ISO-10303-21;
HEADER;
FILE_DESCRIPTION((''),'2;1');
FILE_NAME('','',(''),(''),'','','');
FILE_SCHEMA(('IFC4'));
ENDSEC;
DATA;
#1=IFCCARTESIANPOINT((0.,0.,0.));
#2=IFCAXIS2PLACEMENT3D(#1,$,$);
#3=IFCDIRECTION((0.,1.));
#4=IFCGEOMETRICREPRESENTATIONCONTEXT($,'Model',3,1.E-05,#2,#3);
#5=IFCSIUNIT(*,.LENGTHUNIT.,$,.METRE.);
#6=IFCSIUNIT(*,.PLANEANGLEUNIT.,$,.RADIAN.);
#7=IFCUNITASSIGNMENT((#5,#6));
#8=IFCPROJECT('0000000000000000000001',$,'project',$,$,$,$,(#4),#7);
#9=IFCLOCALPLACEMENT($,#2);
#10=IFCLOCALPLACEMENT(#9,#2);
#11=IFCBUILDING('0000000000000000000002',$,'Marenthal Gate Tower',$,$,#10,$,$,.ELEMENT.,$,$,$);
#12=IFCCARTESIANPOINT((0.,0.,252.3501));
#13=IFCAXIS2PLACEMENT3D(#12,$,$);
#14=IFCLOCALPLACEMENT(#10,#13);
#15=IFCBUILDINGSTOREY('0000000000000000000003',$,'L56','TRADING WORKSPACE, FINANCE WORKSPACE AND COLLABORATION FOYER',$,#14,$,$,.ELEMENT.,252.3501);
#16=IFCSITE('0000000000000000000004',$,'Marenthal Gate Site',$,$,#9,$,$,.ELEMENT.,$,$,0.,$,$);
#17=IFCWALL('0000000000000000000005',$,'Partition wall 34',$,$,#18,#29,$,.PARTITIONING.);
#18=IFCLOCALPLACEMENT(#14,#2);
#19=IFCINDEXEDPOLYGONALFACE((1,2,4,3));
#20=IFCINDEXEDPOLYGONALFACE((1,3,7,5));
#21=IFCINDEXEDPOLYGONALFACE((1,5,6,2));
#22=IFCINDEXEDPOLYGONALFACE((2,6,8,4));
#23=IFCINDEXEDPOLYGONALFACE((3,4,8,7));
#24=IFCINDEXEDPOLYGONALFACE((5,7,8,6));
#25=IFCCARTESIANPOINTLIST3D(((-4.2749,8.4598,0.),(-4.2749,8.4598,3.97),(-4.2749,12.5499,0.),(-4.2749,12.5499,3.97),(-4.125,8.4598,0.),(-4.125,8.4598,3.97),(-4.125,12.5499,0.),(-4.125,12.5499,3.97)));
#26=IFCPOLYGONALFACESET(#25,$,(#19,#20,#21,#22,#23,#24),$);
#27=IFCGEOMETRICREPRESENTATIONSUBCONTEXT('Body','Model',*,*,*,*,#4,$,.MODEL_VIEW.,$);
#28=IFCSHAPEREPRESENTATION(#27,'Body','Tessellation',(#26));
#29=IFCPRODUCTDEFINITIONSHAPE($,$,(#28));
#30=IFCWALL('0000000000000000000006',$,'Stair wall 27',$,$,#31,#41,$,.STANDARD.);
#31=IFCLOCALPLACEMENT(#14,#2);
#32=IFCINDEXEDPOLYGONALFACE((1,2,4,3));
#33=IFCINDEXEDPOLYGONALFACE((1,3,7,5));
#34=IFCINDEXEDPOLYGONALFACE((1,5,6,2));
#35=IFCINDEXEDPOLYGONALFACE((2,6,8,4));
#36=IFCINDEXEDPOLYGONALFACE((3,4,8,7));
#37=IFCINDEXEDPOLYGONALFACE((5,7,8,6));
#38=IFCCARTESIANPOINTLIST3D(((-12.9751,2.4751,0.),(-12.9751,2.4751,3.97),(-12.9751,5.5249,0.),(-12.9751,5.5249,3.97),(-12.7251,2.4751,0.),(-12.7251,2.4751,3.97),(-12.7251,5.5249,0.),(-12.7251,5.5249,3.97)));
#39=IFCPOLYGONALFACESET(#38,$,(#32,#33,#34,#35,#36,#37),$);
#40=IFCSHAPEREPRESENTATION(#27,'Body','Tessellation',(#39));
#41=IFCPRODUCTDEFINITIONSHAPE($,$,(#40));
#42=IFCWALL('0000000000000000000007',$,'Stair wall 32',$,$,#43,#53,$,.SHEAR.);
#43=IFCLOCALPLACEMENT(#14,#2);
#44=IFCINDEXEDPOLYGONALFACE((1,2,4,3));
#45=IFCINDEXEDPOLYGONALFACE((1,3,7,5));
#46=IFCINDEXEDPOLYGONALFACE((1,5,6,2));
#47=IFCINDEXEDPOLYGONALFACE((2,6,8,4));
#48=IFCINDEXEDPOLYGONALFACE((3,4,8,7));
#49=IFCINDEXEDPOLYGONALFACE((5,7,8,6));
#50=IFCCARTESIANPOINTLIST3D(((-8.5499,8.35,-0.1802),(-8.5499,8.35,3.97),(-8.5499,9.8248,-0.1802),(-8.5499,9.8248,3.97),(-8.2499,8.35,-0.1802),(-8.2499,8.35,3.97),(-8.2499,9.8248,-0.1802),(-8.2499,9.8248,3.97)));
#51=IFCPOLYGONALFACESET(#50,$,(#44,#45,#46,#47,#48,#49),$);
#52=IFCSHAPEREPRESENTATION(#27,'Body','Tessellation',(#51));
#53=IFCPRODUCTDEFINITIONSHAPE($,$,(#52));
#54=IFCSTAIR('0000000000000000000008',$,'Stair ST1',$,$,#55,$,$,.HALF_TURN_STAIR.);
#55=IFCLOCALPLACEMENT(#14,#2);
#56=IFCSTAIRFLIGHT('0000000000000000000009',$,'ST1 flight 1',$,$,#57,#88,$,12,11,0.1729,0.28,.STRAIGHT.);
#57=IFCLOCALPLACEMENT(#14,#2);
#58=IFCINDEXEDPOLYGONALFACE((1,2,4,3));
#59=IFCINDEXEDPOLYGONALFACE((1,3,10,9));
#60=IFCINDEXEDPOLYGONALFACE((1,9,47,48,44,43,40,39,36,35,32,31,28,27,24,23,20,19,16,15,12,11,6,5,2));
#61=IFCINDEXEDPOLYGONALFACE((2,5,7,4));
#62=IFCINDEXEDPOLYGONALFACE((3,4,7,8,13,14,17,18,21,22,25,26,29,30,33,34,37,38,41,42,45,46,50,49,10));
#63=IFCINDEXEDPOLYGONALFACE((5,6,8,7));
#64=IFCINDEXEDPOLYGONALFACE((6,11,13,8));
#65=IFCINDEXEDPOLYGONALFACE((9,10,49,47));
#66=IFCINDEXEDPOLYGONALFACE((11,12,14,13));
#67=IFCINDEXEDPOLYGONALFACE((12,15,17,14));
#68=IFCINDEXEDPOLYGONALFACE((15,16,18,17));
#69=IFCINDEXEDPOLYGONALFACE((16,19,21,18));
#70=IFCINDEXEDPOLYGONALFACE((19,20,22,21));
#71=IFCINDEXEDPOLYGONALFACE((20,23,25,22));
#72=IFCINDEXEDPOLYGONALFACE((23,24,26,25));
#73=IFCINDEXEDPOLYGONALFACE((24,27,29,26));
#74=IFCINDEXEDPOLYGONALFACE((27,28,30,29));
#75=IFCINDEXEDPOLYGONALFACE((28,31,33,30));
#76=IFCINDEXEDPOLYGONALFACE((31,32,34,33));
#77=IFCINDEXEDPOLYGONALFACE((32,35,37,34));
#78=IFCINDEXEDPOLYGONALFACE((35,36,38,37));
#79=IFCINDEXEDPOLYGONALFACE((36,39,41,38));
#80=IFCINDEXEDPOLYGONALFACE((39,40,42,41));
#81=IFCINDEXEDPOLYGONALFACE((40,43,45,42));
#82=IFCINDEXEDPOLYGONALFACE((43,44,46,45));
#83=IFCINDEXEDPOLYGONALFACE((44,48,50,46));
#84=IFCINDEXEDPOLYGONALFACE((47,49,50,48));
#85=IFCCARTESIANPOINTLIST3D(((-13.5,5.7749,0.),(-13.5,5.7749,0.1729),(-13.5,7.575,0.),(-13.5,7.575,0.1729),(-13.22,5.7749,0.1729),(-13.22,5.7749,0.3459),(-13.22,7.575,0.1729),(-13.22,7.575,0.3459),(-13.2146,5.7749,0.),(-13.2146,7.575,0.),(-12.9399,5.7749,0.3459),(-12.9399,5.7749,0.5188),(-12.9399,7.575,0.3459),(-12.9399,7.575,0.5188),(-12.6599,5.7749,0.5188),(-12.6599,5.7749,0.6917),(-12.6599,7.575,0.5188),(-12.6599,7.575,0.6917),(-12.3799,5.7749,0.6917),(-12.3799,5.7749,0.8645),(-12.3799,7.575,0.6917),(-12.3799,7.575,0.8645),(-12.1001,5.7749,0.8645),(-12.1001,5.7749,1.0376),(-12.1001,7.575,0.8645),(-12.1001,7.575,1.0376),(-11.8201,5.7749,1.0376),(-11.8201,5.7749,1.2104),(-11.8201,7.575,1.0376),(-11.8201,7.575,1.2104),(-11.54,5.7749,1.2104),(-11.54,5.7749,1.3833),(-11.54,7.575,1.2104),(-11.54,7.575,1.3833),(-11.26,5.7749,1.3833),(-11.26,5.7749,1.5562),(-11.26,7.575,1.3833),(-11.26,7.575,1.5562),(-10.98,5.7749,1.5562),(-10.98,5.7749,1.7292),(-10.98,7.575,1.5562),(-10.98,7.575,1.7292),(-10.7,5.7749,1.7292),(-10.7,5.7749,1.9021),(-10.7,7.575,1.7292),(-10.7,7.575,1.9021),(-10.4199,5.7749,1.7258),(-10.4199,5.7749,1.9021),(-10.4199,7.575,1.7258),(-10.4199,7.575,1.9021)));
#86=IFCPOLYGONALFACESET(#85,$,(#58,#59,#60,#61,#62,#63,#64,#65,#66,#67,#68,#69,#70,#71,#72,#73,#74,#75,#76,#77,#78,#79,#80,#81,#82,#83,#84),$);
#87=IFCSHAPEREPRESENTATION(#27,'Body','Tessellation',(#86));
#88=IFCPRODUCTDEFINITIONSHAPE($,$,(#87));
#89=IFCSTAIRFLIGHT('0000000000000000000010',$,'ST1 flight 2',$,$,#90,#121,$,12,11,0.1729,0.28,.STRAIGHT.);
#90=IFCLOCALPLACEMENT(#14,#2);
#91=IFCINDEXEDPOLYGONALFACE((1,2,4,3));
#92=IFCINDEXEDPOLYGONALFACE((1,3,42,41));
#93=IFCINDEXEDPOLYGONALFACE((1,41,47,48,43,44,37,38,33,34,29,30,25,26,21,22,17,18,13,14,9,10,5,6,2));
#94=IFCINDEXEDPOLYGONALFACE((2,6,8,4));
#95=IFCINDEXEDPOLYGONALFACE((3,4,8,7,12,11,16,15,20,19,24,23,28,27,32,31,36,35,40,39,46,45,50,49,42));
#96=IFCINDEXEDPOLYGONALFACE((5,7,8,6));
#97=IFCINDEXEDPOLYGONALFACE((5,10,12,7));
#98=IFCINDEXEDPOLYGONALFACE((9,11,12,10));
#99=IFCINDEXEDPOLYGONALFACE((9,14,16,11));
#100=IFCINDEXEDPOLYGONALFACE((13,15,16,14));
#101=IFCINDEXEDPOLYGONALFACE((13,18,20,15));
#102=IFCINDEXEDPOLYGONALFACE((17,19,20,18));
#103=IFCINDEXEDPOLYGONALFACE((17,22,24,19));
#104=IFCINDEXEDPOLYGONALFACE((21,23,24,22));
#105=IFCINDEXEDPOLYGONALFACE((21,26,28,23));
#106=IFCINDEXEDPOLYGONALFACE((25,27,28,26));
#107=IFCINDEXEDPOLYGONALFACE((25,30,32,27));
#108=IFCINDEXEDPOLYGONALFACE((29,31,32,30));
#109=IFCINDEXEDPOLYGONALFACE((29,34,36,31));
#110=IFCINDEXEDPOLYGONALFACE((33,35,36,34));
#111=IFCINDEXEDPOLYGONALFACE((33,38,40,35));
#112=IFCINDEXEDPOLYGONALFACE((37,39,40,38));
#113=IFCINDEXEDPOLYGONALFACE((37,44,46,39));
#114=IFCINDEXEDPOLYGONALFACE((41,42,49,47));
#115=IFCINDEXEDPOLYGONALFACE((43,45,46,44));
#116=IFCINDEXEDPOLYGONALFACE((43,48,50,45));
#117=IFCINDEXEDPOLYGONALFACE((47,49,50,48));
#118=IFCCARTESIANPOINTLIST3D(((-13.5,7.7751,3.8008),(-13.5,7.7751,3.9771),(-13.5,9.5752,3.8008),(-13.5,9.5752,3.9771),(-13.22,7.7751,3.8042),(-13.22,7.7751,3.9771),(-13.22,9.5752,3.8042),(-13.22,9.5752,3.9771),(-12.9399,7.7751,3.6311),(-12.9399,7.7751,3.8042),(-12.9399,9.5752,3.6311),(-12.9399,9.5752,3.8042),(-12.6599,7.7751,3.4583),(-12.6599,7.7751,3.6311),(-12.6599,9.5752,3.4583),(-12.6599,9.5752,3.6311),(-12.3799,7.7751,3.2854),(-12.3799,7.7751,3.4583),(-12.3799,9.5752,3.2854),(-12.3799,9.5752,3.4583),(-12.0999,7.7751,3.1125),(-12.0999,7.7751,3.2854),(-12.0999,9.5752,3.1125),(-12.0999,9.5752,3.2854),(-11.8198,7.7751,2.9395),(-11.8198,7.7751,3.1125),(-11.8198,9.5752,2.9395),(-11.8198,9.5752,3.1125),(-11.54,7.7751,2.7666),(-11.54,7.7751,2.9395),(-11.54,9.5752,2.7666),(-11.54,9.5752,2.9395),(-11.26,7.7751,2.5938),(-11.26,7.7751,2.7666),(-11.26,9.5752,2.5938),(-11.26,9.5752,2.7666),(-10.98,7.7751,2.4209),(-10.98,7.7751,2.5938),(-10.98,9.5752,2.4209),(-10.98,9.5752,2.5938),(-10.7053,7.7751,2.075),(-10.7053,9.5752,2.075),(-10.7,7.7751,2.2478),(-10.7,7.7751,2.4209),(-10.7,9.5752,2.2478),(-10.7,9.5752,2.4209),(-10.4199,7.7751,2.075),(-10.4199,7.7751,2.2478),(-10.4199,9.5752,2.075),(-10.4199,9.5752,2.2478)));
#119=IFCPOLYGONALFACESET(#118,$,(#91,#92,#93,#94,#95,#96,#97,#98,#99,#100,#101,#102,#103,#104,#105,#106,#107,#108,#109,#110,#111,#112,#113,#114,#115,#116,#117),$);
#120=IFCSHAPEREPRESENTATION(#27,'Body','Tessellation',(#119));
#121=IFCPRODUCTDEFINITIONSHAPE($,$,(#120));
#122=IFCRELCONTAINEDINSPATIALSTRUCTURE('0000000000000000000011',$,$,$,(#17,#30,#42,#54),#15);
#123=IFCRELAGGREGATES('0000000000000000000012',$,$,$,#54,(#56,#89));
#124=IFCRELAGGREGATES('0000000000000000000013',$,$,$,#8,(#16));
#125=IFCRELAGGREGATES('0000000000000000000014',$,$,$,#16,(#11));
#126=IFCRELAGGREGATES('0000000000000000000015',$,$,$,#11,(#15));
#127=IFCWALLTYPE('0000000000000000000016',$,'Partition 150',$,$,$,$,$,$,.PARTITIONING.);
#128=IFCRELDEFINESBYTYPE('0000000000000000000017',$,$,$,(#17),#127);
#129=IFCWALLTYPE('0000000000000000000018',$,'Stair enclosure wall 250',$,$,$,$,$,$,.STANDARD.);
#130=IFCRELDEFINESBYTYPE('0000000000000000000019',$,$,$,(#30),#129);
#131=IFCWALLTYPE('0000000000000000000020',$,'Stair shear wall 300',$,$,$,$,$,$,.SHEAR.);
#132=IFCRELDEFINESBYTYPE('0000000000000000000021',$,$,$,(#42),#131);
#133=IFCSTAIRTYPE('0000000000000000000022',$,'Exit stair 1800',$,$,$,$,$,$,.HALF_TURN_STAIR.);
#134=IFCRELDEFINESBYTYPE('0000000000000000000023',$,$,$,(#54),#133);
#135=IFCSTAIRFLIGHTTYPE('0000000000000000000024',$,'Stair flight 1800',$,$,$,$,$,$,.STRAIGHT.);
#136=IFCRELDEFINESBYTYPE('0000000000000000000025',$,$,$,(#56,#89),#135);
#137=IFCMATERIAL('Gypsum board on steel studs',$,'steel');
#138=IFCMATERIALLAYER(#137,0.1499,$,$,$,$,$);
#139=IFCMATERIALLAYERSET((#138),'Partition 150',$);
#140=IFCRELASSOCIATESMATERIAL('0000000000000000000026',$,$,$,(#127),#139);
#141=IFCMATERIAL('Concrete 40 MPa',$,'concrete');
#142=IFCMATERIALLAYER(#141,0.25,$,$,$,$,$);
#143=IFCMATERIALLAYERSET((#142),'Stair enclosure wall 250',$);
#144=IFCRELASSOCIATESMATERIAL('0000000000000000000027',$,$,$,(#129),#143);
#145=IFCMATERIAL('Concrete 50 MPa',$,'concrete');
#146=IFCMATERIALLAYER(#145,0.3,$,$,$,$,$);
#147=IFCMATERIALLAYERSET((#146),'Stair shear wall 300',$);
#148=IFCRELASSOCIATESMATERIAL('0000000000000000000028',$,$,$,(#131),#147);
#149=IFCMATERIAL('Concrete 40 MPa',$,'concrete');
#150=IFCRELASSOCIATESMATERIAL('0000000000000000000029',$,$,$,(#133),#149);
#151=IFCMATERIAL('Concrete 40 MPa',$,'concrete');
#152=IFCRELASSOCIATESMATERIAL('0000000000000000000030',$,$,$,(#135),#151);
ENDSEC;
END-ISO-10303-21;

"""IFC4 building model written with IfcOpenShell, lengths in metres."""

from ifc_helpers import new_model, si_unit, direction, frame, frame_2d, origin, place, context, subcontext, project, spatial, polyline, rectangle, outline, extrude, material, layer, layer_set, type_object, element, aggregate, save


model = new_model("IFC4")

# Units and contexts
model_context = context("Model", 3, precision=1e-05, world=origin(), true_north=direction((0.0, 1.0)))
body_context = subcontext(model_context, "Body", "Model", "MODEL_VIEW")
ifc_project = project(units=[si_unit("LENGTHUNIT", "METRE"), si_unit("PLANEANGLEUNIT", "RADIAN")], contexts=[model_context])

# Site, building, storey
site_placement = place(None, origin())
site = spatial("IfcSite", under=ifc_project, at=site_placement, Name="Marenthal Gate Site", CompositionType="ELEMENT", RefElevation=0.0)
building_placement = place(site_placement, origin())
building = spatial("IfcBuilding", under=site, at=building_placement, Name="Marenthal Gate Tower", CompositionType="ELEMENT")
storey_placement = place(building_placement, frame((0.0, 0.0, 252.3501)))
storey = spatial("IfcBuildingStorey", under=building, at=storey_placement, Name="L56", Description="TRADING WORKSPACE, FINANCE WORKSPACE AND COLLABORATION FOYER", CompositionType="ELEMENT", Elevation=252.3501)

# Walls
ifc_material_1 = material(Name="Gypsum board on steel studs", Category="steel")
ifc_layer_1 = layer(ifc_material_1, 0.1499)
ifc_layer_set_1 = layer_set([ifc_layer_1], Name="Partition 150")
wall_type_1 = type_object("IfcWallType", Name="Partition 150", PredefinedType="PARTITIONING", material=ifc_layer_set_1)
wall_1_placement = place(storey_placement, frame((-4.2, 8.46, 0.0), z_axis=(0.0, 0.0, 1.0), x_axis=(0.0, 1.0, 0.0)))
element("IfcWall", 1, at=wall_1_placement, inside=storey, type_object=wall_type_1, Name="Partition wall 34", PredefinedType="PARTITIONING", context=body_context, shape_type="SweptSolid", body=[
    extrude(rectangle(XDim=4.0901, YDim=0.1499, at=frame_2d((2.0449, 0.0))), origin(), (0.0, 0.0, 1.0), 3.97),
])
ifc_material_2 = material(Name="Concrete 40 MPa", Category="concrete")
ifc_layer_2 = layer(ifc_material_2, 0.25)
ifc_layer_set_2 = layer_set([ifc_layer_2], Name="Stair enclosure wall 250")
wall_type_2 = type_object("IfcWallType", Name="Stair enclosure wall 250", PredefinedType="STANDARD", material=ifc_layer_set_2)
wall_2_placement = place(storey_placement, frame((-12.8501, 2.4751, 0.0), z_axis=(0.0, 0.0, 1.0), x_axis=(0.0, 1.0, 0.0)))
element("IfcWall", 2, at=wall_2_placement, inside=storey, type_object=wall_type_2, Name="Stair wall 27", PredefinedType="STANDARD", context=body_context, shape_type="SweptSolid", body=[
    extrude(rectangle(XDim=3.0498, YDim=0.25, at=frame_2d((1.5249, 0.0))), origin(), (0.0, 0.0, 1.0), 3.97),
])
ifc_material_3 = material(Name="Concrete 50 MPa", Category="concrete")
ifc_layer_3 = layer(ifc_material_3, 0.3)
ifc_layer_set_3 = layer_set([ifc_layer_3], Name="Stair shear wall 300")
wall_type_3 = type_object("IfcWallType", Name="Stair shear wall 300", PredefinedType="SHEAR", material=ifc_layer_set_3)
wall_3_placement = place(storey_placement, frame((-8.3999, 8.3501, -0.1802), z_axis=(0.0, 0.0, 1.0), x_axis=(0.0, 1.0, 0.0)))
element("IfcWall", 3, at=wall_3_placement, inside=storey, type_object=wall_type_3, Name="Stair wall 32", PredefinedType="SHEAR", context=body_context, shape_type="SweptSolid", body=[
    extrude(rectangle(XDim=1.4749, YDim=0.3, at=frame_2d((0.7373, 0.0))), origin(), (0.0, 0.0, 1.0), 4.1501),
])

# Stair, stair flights
ifc_material_4 = material(Name="Concrete 40 MPa", Category="concrete")
stair_type = type_object("IfcStairType", Name="Exit stair 1800", PredefinedType="HALF_TURN_STAIR", material=ifc_material_4)
stair_placement = place(storey_placement, origin())
stair = element("IfcStair", 4, at=stair_placement, inside=storey, type_object=stair_type, Name="Stair ST1", PredefinedType="HALF_TURN_STAIR")
ifc_material_5 = material(Name="Concrete 40 MPa", Category="concrete")
stair_flight_type = type_object("IfcStairFlightType", Name="Stair flight 1800", PredefinedType="STRAIGHT", material=ifc_material_5)
stair_flight_1_placement = place(storey_placement, frame((-13.5, 6.675, 0.0), z_axis=(0.0, 0.0, 1.0), x_axis=(1.0, 0.0, 0.0)))
stair_flight_1 = element("IfcStairFlight", 5, at=stair_flight_1_placement, type_object=stair_flight_type, Name="ST1 flight 1", NumberOfRisers=12, NumberOfTreads=11, PredefinedType="STRAIGHT", RiserHeight=0.1729, TreadLength=0.28, context=body_context, shape_type="SweptSolid", body=[
    extrude(outline(polyline([(0.0, 0.0), (0.0, 0.1729), (0.28, 0.1729), (0.28, 0.3459), (0.5601, 0.3459), (0.5601, 0.5188), (0.8401, 0.5188), (0.8401, 0.6917), (1.1201, 0.6917), (1.1201, 0.8645), (1.3999, 0.8645), (1.3999, 1.0376), (1.6799, 1.0376), (1.6799, 1.2104), (1.96, 1.2104), (1.96, 1.3833), (2.24, 1.3833), (2.24, 1.5562), (2.52, 1.5562), (2.52, 1.7292), (2.8, 1.7292), (2.8, 1.9021), (3.0801, 1.9021), (3.0801, 2.075), (3.0801, 1.7258), (0.2854, 0.0), (0.0, 0.0)])), frame((0.0, 0.8999, 0.0), z_axis=(0.0, -1.0, 0.0), x_axis=(1.0, 0.0, 0.0)), (0.0, 0.0, 1.0), 1.8),
])
stair_flight_2_placement = place(storey_placement, frame((-10.4199, 8.675, 2.075), z_axis=(0.0, 0.0, 1.0), x_axis=(-1.0, 0.0, 0.0)))
stair_flight_2 = element("IfcStairFlight", 6, at=stair_flight_2_placement, type_object=stair_flight_type, Name="ST1 flight 2", NumberOfRisers=12, NumberOfTreads=11, PredefinedType="STRAIGHT", RiserHeight=0.1729, TreadLength=0.28, context=body_context, shape_type="SweptSolid", body=[
    extrude(outline(polyline([(0.0, 0.0), (0.0, 0.1729), (0.28, 0.1729), (0.28, 0.3459), (0.5601, 0.3459), (0.5601, 0.5188), (0.8401, 0.5188), (0.8401, 0.6917), (1.1201, 0.6917), (1.1201, 0.8645), (1.3999, 0.8645), (1.3999, 1.0376), (1.6799, 1.0376), (1.6799, 1.2104), (1.96, 1.2104), (1.96, 1.3833), (2.24, 1.3833), (2.24, 1.5562), (2.52, 1.5562), (2.52, 1.7292), (2.8, 1.7292), (2.8, 1.9021), (3.0801, 1.9021), (3.0801, 2.075), (3.0801, 1.7258), (0.2854, 0.0), (0.0, 0.0)])), frame((0.0, 0.8999, 0.0), z_axis=(0.0, -1.0, 0.0), x_axis=(1.0, 0.0, 0.0)), (0.0, 0.0, 1.0), 1.8),
])
aggregate(stair, [stair_flight_1, stair_flight_2])

save(model, "model.ifc")
